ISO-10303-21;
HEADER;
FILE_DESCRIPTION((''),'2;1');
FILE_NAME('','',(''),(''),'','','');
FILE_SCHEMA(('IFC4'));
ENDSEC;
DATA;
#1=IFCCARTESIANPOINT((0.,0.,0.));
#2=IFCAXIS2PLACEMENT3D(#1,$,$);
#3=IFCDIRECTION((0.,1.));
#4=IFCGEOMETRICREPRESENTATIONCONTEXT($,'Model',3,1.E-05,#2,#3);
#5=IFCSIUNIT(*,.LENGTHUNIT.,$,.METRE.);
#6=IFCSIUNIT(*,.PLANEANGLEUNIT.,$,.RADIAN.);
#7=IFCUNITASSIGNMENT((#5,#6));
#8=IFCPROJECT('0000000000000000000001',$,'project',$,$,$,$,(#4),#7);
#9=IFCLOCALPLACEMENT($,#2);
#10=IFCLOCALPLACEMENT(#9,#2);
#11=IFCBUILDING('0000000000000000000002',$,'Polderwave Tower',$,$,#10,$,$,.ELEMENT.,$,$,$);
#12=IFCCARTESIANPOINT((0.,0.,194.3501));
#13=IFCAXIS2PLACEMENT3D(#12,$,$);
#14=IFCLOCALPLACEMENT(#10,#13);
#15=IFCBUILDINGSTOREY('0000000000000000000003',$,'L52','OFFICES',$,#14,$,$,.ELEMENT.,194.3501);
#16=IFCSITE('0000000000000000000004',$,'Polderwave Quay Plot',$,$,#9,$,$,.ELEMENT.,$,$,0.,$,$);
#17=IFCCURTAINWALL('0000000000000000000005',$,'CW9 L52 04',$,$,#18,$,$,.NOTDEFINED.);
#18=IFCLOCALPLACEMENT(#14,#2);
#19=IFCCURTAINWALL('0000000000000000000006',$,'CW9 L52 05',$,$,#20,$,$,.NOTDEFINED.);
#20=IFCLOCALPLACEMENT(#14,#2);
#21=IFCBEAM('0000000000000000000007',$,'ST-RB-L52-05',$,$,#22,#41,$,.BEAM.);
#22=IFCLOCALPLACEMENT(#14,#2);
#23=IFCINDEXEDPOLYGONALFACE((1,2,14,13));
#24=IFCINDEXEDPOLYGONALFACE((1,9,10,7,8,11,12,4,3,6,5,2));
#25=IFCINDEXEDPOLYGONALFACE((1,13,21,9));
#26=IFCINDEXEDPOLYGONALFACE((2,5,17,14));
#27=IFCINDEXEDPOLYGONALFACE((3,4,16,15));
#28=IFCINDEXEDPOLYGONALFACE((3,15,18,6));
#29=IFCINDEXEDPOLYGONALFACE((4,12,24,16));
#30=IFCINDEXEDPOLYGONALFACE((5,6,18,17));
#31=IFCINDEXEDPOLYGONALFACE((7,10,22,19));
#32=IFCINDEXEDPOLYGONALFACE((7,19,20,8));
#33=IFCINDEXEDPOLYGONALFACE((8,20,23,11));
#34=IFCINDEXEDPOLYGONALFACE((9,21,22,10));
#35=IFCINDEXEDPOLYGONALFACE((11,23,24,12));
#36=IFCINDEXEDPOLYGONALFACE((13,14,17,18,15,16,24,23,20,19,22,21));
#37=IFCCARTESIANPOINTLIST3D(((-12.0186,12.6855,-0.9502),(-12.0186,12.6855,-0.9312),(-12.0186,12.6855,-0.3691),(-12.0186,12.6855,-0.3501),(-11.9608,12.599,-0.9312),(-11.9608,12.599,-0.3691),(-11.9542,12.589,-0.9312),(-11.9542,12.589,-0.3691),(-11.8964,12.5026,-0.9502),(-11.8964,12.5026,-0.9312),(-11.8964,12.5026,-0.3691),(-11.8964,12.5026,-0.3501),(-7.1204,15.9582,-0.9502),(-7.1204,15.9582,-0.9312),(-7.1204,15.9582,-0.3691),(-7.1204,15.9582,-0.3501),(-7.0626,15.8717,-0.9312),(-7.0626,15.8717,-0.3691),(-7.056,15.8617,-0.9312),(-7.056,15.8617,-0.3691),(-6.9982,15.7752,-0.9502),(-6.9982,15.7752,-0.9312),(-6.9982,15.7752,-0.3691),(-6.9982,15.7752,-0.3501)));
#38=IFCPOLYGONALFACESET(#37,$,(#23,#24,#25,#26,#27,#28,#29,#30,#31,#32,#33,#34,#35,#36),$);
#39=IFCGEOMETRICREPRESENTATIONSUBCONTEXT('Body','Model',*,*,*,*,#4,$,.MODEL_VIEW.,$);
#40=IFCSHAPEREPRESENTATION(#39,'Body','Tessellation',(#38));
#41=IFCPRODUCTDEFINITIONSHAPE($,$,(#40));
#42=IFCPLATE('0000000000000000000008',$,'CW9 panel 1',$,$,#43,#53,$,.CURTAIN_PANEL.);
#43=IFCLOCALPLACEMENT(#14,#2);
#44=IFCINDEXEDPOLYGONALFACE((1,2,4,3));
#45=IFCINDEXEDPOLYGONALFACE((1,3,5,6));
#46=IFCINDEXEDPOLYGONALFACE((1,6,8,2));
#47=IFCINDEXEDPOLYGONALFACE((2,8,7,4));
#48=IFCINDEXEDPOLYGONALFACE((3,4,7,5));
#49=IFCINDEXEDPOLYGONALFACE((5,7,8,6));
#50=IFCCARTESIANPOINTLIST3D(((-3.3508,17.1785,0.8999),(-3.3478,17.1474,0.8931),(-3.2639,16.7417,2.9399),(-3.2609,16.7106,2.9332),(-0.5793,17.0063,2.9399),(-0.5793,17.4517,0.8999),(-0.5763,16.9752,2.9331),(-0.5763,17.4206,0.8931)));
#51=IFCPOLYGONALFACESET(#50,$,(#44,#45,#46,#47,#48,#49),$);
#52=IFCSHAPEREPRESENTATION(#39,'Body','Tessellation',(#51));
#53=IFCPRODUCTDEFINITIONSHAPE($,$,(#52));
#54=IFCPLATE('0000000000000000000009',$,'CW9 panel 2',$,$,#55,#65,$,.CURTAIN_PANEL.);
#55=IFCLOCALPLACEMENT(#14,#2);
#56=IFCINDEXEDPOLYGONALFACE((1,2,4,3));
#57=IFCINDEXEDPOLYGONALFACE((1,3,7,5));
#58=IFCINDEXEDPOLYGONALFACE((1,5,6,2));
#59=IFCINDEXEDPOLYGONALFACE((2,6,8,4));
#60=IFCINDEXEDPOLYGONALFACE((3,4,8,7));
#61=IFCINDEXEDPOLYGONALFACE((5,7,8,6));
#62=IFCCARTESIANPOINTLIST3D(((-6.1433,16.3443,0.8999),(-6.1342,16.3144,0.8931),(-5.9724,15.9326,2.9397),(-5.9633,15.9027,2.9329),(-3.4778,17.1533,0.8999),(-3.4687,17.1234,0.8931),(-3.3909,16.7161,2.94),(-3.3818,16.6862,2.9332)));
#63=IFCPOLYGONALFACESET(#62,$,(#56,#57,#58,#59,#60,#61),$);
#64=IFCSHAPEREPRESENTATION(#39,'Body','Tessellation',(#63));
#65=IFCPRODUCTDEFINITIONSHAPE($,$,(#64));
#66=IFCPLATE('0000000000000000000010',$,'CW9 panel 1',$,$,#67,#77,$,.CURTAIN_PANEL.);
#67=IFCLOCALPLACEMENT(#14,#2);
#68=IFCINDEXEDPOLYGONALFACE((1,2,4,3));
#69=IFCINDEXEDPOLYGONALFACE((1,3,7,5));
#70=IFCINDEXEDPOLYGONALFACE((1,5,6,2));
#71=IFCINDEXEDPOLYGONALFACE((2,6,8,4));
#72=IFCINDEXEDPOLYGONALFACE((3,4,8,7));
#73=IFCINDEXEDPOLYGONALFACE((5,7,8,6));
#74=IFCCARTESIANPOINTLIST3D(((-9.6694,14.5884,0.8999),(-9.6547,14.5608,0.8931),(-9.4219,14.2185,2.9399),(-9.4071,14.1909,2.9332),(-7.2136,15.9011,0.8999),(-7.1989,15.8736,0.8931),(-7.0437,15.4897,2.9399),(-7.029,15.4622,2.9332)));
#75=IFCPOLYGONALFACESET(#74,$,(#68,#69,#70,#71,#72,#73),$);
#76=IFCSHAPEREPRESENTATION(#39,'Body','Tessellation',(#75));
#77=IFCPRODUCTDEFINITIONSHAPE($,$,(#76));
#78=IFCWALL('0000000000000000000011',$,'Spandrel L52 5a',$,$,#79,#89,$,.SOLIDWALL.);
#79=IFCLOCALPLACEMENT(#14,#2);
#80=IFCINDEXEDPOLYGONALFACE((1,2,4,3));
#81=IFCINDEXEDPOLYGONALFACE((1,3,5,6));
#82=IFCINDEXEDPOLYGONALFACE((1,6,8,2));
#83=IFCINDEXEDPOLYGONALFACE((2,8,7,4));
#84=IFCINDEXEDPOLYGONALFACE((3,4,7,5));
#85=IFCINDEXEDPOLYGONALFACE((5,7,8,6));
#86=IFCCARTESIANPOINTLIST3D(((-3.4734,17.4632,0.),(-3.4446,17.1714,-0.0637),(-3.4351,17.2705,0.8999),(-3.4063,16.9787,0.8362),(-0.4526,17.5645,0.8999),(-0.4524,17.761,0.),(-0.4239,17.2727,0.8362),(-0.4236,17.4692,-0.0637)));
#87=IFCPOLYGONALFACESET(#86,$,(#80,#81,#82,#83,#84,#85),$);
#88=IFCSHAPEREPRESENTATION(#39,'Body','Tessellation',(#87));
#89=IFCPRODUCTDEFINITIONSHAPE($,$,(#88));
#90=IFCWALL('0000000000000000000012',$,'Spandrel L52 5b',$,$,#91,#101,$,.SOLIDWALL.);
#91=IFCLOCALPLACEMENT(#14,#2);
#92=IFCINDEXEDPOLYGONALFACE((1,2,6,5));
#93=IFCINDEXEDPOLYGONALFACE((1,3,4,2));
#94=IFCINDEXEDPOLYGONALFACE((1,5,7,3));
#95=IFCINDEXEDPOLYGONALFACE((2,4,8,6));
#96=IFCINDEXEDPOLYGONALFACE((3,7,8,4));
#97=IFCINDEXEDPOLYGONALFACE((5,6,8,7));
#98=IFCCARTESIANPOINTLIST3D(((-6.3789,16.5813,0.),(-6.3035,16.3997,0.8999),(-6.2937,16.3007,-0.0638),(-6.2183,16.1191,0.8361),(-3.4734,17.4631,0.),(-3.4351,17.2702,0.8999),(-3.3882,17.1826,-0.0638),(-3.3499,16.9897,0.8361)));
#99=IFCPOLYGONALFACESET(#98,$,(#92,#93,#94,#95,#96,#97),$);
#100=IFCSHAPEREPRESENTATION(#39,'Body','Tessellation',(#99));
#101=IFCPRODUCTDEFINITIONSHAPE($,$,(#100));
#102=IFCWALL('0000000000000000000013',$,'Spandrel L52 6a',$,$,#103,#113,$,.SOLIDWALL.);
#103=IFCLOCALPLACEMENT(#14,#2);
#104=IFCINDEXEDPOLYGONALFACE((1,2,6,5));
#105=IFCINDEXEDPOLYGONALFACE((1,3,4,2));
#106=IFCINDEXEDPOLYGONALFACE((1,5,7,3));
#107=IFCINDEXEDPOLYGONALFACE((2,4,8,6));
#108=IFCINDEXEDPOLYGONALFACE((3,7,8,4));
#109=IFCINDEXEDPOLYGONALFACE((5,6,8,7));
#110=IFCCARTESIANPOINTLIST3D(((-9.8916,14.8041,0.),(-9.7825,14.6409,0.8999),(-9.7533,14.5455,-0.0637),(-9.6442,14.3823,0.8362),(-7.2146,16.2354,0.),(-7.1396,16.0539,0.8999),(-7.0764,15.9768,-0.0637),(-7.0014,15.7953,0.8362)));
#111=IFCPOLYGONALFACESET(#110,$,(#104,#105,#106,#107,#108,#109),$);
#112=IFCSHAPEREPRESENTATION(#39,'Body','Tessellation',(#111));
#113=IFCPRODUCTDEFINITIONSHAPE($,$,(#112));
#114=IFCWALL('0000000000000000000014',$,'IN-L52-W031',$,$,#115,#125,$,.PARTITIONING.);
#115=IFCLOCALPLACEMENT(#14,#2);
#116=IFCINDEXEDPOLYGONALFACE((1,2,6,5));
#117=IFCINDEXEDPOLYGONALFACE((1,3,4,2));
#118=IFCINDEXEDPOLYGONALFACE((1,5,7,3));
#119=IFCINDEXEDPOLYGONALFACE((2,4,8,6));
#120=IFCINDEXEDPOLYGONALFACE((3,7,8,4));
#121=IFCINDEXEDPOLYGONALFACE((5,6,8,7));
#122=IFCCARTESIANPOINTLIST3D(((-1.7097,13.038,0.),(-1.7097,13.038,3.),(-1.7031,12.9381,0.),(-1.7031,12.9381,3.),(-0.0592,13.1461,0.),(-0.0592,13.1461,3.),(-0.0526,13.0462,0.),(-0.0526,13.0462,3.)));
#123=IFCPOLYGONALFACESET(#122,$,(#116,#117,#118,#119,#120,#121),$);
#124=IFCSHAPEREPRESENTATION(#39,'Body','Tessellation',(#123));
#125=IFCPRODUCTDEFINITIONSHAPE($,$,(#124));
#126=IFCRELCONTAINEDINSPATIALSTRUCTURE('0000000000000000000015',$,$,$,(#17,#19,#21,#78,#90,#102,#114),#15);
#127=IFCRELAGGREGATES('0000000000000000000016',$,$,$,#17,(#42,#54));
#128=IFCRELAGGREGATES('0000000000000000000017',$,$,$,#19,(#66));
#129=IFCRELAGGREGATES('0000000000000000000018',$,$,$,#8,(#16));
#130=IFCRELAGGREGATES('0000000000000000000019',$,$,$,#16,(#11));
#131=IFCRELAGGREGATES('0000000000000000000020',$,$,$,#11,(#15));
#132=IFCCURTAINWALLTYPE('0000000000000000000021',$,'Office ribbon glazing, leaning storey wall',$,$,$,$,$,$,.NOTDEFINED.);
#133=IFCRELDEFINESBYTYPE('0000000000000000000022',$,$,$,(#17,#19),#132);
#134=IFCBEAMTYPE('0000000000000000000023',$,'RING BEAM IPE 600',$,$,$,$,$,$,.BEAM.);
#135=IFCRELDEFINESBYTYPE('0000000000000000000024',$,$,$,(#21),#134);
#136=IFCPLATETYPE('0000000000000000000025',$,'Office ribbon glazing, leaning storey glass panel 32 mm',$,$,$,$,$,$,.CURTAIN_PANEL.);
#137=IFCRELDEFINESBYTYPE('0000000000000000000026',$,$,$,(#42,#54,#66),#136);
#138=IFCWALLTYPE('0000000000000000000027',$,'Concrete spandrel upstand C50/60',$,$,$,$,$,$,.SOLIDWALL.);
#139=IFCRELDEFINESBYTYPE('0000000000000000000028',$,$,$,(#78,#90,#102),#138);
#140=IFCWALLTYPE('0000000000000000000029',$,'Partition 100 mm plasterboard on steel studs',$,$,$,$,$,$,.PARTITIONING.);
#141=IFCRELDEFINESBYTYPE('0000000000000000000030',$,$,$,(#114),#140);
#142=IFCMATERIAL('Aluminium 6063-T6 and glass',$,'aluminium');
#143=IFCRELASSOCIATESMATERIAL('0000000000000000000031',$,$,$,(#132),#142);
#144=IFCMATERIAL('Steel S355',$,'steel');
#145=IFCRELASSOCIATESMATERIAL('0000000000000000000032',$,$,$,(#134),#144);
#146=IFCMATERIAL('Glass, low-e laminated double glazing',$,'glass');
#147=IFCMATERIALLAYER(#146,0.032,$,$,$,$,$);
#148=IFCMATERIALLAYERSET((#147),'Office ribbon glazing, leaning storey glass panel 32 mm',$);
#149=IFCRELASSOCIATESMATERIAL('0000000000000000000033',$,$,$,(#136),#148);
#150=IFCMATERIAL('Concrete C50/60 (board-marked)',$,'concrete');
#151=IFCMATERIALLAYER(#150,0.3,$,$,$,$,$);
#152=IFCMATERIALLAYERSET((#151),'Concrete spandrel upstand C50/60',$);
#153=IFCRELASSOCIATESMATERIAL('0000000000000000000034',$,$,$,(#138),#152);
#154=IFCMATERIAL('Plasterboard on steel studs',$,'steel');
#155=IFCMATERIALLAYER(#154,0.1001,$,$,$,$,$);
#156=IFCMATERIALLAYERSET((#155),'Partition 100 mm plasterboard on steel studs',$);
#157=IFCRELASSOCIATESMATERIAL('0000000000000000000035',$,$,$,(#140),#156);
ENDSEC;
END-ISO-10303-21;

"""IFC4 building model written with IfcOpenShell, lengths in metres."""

from ifc_helpers import new_model, si_unit, direction, frame, frame_2d, origin, origin_2d, place, context, subcontext, project, spatial, polyline, rectangle, i_section, outline, extrude, material, layer, layer_set, material_profile, profile_set, type_object, element, aggregate, save


model = new_model("IFC4")

# Units and contexts
model_context = context("Model", 3, precision=1e-05, world=origin(), true_north=direction((0.0, 1.0)))
body_context = subcontext(model_context, "Body", "Model", "MODEL_VIEW")
ifc_project = project(units=[si_unit("LENGTHUNIT", "METRE"), si_unit("PLANEANGLEUNIT", "RADIAN")], contexts=[model_context])

# Site, building, storey
site_placement = place(None, origin())
site = spatial("IfcSite", under=ifc_project, at=site_placement, Name="Polderwave Quay Plot", CompositionType="ELEMENT", RefElevation=0.0)
building_placement = place(site_placement, origin())
building = spatial("IfcBuilding", under=site, at=building_placement, Name="Polderwave Tower", CompositionType="ELEMENT")
storey_placement = place(building_placement, frame((0.0, 0.0, 194.3501)))
storey = spatial("IfcBuildingStorey", under=building, at=storey_placement, Name="L52", Description="OFFICES", CompositionType="ELEMENT", Elevation=194.3501)

# Curtain wall
ifc_material_1 = material(Name="Aluminium 6063-T6 and glass", Category="aluminium")
curtain_wall_type = type_object("IfcCurtainWallType", Name="Office ribbon glazing, leaning storey wall", PredefinedType="NOTDEFINED", material=ifc_material_1)
curtain_wall_1_placement = place(storey_placement, origin())
curtain_wall_1 = element("IfcCurtainWall", 1, at=curtain_wall_1_placement, inside=storey, type_object=curtain_wall_type, Name="CW9 L52 04", PredefinedType="NOTDEFINED")

# Curtain wall
curtain_wall_2_placement = place(storey_placement, origin())
curtain_wall_2 = element("IfcCurtainWall", 2, at=curtain_wall_2_placement, inside=storey, type_object=curtain_wall_type, Name="CW9 L52 05", PredefinedType="NOTDEFINED")

# Beam
ifc_material_2 = material(Name="Steel S355", Category="steel")
ifc_material_profile_1 = material_profile(ifc_material_2, i_section(OverallWidth=0.22, OverallDepth=0.6001, WebThickness=0.012, FlangeThickness=0.019, at=origin_2d()), Name="IPE 600")
ifc_profile_set_1 = profile_set([ifc_material_profile_1], Name="Steel S355")
beam_type = type_object("IfcBeamType", Name="RING BEAM IPE 600", PredefinedType="BEAM", material=ifc_profile_set_1)
beam_1_placement = place(storey_placement, frame((-7.0593, 15.8667, -0.6501), z_axis=(-0.831482, -0.555551, 0.0), x_axis=(0.555551, -0.831482, 0.0)))
element("IfcBeam", 3, at=beam_1_placement, inside=storey, type_object=beam_type, Name="ST-RB-L52-05", PredefinedType="BEAM", context=body_context, shape_type="SweptSolid", body=[
    extrude(i_section(OverallWidth=0.22, OverallDepth=0.6001, WebThickness=0.012, FlangeThickness=0.019, at=origin_2d()), origin(), (0.0, 0.0, 1.0), 5.8909),
])

# Plates
ifc_material_3 = material(Name="Glass, low-e laminated double glazing", Category="glass")
ifc_layer_1 = layer(ifc_material_3, 0.032)
ifc_layer_set_1 = layer_set([ifc_layer_1], Name="Office ribbon glazing, leaning storey glass panel 32 mm")
plate_type = type_object("IfcPlateType", Name="Office ribbon glazing, leaning storey glass panel 32 mm", PredefinedType="CURTAIN_PANEL", material=ifc_layer_set_1)
plate_1_placement = place(storey_placement, frame((-0.5793, 17.4517, 0.8999), z_axis=(-0.095866, 0.972494, 0.212287), x_axis=(-0.995176, -0.098101, -0.000001)))
plate_1 = element("IfcPlate", 4, at=plate_1_placement, type_object=plate_type, Name="CW9 panel 1", PredefinedType="CURTAIN_PANEL", context=body_context, shape_type="SweptSolid", body=[
    extrude(outline(polyline([(0.0, 0.0), (2.7849, 0.0), (2.7413, 2.0876), (0.0437, 2.0876), (0.0, 0.0)])), origin(), (0.0, 0.0, -1.0), 0.032),
])
plate_2_placement = place(storey_placement, frame((-3.4778, 17.1533, 0.8999), z_axis=(-0.283803, 0.935043, 0.212485), x_axis=(-0.956894, -0.290436, 0.000003)))
plate_2 = element("IfcPlate", 5, at=plate_2_placement, type_object=plate_type, Name="CW9 panel 2", PredefinedType="CURTAIN_PANEL", context=body_context, shape_type="SweptSolid", body=[
    extrude(outline(polyline([(0.0, 0.0), (2.7856, 0.0), (2.7416, 2.0875), (0.0438, 2.0877), (0.0, 0.0)])), origin(), (0.0, 0.0, -1.0), 0.032),
])
aggregate(curtain_wall_1, [plate_1, plate_2])
plate_3_placement = place(storey_placement, frame((-7.2136, 15.9011, 0.8999), z_axis=(-0.460688, 0.861832, 0.212161), x_axis=(-0.881909, -0.47142, 0.0)))
plate_3 = element("IfcPlate", 6, at=plate_3_placement, type_object=plate_type, Name="CW9 panel 1", PredefinedType="CURTAIN_PANEL", context=body_context, shape_type="SweptSolid", body=[
    extrude(outline(polyline([(0.0, 0.0), (2.7847, 0.0), (2.7407, 2.0876), (0.0441, 2.0876), (0.0, 0.0)])), origin(), (0.0, 0.0, -1.0), 0.032),
])
aggregate(curtain_wall_2, [plate_3])

# Walls
ifc_material_4 = material(Name="Concrete C50/60 (board-marked)", Category="concrete")
ifc_layer_2 = layer(ifc_material_4, 0.3)
ifc_layer_set_2 = layer_set([ifc_layer_2], Name="Concrete spandrel upstand C50/60")
wall_type_1 = type_object("IfcWallType", Name="Concrete spandrel upstand C50/60", PredefinedType="SOLIDWALL", material=ifc_layer_set_2)
wall_1_placement = place(storey_placement, frame((-0.4524, 17.761, 0.0), z_axis=(-0.095865, 0.97249, 0.212304), x_axis=(-0.995176, -0.098102, 0.000004)))
element("IfcWall", 7, at=wall_1_placement, inside=storey, type_object=wall_type_1, Name="Spandrel L52 5a", PredefinedType="SOLIDWALL", context=body_context, shape_type="SweptSolid", body=[
    extrude(outline(polyline([(0.0, 0.0), (3.0356, 0.0), (3.0164, 0.9209), (0.0195, 0.9209), (0.0, 0.0)])), origin(), (0.0, 0.0, -1.0), 0.3),
])
wall_2_placement = place(storey_placement, frame((-3.4734, 17.4631, 0.0), z_axis=(-0.283794, 0.935041, 0.212507), x_axis=(-0.956897, -0.290427, -0.000001)))
element("IfcWall", 8, at=wall_2_placement, inside=storey, type_object=wall_type_1, Name="Spandrel L52 5b", PredefinedType="SOLIDWALL", context=body_context, shape_type="SweptSolid", body=[
    extrude(outline(polyline([(0.0, 0.0), (3.0364, 0.0), (3.017, 0.9209), (0.0193, 0.9209), (0.0, 0.0)])), origin(), (0.0, 0.0, -1.0), 0.3),
])
wall_3_placement = place(storey_placement, frame((-7.2146, 16.2354, 0.0), z_axis=(-0.460755, 0.861789, 0.212189), x_axis=(-0.881871, -0.47149, -0.000006)))
element("IfcWall", 9, at=wall_3_placement, inside=storey, type_object=wall_type_1, Name="Spandrel L52 6a", PredefinedType="SOLIDWALL", context=body_context, shape_type="SweptSolid", body=[
    extrude(outline(polyline([(0.0, 0.0), (3.0355, 0.0), (3.0163, 0.9209), (0.0194, 0.9209), (0.0, 0.0)])), origin(), (0.0, 0.0, -1.0), 0.3),
])
ifc_material_5 = material(Name="Plasterboard on steel studs", Category="steel")
ifc_layer_3 = layer(ifc_material_5, 0.1001)
ifc_layer_set_3 = layer_set([ifc_layer_3], Name="Partition 100 mm plasterboard on steel studs")
wall_type_2 = type_object("IfcWallType", Name="Partition 100 mm plasterboard on steel studs", PredefinedType="PARTITIONING", material=ifc_layer_set_3)
wall_4_placement = place(storey_placement, frame((-1.7065, 12.988, 0.0), z_axis=(0.0, 0.0, 1.0), x_axis=(0.99786, 0.065383, 0.0)))
element("IfcWall", 10, at=wall_4_placement, inside=storey, type_object=wall_type_2, Name="IN-L52-W031", PredefinedType="PARTITIONING", context=body_context, shape_type="SweptSolid", body=[
    extrude(rectangle(XDim=1.6541, YDim=0.1001, at=frame_2d((0.8271, 0.0))), origin(), (0.0, 0.0, 1.0), 3.0),
])

save(model, "model.ifc")
